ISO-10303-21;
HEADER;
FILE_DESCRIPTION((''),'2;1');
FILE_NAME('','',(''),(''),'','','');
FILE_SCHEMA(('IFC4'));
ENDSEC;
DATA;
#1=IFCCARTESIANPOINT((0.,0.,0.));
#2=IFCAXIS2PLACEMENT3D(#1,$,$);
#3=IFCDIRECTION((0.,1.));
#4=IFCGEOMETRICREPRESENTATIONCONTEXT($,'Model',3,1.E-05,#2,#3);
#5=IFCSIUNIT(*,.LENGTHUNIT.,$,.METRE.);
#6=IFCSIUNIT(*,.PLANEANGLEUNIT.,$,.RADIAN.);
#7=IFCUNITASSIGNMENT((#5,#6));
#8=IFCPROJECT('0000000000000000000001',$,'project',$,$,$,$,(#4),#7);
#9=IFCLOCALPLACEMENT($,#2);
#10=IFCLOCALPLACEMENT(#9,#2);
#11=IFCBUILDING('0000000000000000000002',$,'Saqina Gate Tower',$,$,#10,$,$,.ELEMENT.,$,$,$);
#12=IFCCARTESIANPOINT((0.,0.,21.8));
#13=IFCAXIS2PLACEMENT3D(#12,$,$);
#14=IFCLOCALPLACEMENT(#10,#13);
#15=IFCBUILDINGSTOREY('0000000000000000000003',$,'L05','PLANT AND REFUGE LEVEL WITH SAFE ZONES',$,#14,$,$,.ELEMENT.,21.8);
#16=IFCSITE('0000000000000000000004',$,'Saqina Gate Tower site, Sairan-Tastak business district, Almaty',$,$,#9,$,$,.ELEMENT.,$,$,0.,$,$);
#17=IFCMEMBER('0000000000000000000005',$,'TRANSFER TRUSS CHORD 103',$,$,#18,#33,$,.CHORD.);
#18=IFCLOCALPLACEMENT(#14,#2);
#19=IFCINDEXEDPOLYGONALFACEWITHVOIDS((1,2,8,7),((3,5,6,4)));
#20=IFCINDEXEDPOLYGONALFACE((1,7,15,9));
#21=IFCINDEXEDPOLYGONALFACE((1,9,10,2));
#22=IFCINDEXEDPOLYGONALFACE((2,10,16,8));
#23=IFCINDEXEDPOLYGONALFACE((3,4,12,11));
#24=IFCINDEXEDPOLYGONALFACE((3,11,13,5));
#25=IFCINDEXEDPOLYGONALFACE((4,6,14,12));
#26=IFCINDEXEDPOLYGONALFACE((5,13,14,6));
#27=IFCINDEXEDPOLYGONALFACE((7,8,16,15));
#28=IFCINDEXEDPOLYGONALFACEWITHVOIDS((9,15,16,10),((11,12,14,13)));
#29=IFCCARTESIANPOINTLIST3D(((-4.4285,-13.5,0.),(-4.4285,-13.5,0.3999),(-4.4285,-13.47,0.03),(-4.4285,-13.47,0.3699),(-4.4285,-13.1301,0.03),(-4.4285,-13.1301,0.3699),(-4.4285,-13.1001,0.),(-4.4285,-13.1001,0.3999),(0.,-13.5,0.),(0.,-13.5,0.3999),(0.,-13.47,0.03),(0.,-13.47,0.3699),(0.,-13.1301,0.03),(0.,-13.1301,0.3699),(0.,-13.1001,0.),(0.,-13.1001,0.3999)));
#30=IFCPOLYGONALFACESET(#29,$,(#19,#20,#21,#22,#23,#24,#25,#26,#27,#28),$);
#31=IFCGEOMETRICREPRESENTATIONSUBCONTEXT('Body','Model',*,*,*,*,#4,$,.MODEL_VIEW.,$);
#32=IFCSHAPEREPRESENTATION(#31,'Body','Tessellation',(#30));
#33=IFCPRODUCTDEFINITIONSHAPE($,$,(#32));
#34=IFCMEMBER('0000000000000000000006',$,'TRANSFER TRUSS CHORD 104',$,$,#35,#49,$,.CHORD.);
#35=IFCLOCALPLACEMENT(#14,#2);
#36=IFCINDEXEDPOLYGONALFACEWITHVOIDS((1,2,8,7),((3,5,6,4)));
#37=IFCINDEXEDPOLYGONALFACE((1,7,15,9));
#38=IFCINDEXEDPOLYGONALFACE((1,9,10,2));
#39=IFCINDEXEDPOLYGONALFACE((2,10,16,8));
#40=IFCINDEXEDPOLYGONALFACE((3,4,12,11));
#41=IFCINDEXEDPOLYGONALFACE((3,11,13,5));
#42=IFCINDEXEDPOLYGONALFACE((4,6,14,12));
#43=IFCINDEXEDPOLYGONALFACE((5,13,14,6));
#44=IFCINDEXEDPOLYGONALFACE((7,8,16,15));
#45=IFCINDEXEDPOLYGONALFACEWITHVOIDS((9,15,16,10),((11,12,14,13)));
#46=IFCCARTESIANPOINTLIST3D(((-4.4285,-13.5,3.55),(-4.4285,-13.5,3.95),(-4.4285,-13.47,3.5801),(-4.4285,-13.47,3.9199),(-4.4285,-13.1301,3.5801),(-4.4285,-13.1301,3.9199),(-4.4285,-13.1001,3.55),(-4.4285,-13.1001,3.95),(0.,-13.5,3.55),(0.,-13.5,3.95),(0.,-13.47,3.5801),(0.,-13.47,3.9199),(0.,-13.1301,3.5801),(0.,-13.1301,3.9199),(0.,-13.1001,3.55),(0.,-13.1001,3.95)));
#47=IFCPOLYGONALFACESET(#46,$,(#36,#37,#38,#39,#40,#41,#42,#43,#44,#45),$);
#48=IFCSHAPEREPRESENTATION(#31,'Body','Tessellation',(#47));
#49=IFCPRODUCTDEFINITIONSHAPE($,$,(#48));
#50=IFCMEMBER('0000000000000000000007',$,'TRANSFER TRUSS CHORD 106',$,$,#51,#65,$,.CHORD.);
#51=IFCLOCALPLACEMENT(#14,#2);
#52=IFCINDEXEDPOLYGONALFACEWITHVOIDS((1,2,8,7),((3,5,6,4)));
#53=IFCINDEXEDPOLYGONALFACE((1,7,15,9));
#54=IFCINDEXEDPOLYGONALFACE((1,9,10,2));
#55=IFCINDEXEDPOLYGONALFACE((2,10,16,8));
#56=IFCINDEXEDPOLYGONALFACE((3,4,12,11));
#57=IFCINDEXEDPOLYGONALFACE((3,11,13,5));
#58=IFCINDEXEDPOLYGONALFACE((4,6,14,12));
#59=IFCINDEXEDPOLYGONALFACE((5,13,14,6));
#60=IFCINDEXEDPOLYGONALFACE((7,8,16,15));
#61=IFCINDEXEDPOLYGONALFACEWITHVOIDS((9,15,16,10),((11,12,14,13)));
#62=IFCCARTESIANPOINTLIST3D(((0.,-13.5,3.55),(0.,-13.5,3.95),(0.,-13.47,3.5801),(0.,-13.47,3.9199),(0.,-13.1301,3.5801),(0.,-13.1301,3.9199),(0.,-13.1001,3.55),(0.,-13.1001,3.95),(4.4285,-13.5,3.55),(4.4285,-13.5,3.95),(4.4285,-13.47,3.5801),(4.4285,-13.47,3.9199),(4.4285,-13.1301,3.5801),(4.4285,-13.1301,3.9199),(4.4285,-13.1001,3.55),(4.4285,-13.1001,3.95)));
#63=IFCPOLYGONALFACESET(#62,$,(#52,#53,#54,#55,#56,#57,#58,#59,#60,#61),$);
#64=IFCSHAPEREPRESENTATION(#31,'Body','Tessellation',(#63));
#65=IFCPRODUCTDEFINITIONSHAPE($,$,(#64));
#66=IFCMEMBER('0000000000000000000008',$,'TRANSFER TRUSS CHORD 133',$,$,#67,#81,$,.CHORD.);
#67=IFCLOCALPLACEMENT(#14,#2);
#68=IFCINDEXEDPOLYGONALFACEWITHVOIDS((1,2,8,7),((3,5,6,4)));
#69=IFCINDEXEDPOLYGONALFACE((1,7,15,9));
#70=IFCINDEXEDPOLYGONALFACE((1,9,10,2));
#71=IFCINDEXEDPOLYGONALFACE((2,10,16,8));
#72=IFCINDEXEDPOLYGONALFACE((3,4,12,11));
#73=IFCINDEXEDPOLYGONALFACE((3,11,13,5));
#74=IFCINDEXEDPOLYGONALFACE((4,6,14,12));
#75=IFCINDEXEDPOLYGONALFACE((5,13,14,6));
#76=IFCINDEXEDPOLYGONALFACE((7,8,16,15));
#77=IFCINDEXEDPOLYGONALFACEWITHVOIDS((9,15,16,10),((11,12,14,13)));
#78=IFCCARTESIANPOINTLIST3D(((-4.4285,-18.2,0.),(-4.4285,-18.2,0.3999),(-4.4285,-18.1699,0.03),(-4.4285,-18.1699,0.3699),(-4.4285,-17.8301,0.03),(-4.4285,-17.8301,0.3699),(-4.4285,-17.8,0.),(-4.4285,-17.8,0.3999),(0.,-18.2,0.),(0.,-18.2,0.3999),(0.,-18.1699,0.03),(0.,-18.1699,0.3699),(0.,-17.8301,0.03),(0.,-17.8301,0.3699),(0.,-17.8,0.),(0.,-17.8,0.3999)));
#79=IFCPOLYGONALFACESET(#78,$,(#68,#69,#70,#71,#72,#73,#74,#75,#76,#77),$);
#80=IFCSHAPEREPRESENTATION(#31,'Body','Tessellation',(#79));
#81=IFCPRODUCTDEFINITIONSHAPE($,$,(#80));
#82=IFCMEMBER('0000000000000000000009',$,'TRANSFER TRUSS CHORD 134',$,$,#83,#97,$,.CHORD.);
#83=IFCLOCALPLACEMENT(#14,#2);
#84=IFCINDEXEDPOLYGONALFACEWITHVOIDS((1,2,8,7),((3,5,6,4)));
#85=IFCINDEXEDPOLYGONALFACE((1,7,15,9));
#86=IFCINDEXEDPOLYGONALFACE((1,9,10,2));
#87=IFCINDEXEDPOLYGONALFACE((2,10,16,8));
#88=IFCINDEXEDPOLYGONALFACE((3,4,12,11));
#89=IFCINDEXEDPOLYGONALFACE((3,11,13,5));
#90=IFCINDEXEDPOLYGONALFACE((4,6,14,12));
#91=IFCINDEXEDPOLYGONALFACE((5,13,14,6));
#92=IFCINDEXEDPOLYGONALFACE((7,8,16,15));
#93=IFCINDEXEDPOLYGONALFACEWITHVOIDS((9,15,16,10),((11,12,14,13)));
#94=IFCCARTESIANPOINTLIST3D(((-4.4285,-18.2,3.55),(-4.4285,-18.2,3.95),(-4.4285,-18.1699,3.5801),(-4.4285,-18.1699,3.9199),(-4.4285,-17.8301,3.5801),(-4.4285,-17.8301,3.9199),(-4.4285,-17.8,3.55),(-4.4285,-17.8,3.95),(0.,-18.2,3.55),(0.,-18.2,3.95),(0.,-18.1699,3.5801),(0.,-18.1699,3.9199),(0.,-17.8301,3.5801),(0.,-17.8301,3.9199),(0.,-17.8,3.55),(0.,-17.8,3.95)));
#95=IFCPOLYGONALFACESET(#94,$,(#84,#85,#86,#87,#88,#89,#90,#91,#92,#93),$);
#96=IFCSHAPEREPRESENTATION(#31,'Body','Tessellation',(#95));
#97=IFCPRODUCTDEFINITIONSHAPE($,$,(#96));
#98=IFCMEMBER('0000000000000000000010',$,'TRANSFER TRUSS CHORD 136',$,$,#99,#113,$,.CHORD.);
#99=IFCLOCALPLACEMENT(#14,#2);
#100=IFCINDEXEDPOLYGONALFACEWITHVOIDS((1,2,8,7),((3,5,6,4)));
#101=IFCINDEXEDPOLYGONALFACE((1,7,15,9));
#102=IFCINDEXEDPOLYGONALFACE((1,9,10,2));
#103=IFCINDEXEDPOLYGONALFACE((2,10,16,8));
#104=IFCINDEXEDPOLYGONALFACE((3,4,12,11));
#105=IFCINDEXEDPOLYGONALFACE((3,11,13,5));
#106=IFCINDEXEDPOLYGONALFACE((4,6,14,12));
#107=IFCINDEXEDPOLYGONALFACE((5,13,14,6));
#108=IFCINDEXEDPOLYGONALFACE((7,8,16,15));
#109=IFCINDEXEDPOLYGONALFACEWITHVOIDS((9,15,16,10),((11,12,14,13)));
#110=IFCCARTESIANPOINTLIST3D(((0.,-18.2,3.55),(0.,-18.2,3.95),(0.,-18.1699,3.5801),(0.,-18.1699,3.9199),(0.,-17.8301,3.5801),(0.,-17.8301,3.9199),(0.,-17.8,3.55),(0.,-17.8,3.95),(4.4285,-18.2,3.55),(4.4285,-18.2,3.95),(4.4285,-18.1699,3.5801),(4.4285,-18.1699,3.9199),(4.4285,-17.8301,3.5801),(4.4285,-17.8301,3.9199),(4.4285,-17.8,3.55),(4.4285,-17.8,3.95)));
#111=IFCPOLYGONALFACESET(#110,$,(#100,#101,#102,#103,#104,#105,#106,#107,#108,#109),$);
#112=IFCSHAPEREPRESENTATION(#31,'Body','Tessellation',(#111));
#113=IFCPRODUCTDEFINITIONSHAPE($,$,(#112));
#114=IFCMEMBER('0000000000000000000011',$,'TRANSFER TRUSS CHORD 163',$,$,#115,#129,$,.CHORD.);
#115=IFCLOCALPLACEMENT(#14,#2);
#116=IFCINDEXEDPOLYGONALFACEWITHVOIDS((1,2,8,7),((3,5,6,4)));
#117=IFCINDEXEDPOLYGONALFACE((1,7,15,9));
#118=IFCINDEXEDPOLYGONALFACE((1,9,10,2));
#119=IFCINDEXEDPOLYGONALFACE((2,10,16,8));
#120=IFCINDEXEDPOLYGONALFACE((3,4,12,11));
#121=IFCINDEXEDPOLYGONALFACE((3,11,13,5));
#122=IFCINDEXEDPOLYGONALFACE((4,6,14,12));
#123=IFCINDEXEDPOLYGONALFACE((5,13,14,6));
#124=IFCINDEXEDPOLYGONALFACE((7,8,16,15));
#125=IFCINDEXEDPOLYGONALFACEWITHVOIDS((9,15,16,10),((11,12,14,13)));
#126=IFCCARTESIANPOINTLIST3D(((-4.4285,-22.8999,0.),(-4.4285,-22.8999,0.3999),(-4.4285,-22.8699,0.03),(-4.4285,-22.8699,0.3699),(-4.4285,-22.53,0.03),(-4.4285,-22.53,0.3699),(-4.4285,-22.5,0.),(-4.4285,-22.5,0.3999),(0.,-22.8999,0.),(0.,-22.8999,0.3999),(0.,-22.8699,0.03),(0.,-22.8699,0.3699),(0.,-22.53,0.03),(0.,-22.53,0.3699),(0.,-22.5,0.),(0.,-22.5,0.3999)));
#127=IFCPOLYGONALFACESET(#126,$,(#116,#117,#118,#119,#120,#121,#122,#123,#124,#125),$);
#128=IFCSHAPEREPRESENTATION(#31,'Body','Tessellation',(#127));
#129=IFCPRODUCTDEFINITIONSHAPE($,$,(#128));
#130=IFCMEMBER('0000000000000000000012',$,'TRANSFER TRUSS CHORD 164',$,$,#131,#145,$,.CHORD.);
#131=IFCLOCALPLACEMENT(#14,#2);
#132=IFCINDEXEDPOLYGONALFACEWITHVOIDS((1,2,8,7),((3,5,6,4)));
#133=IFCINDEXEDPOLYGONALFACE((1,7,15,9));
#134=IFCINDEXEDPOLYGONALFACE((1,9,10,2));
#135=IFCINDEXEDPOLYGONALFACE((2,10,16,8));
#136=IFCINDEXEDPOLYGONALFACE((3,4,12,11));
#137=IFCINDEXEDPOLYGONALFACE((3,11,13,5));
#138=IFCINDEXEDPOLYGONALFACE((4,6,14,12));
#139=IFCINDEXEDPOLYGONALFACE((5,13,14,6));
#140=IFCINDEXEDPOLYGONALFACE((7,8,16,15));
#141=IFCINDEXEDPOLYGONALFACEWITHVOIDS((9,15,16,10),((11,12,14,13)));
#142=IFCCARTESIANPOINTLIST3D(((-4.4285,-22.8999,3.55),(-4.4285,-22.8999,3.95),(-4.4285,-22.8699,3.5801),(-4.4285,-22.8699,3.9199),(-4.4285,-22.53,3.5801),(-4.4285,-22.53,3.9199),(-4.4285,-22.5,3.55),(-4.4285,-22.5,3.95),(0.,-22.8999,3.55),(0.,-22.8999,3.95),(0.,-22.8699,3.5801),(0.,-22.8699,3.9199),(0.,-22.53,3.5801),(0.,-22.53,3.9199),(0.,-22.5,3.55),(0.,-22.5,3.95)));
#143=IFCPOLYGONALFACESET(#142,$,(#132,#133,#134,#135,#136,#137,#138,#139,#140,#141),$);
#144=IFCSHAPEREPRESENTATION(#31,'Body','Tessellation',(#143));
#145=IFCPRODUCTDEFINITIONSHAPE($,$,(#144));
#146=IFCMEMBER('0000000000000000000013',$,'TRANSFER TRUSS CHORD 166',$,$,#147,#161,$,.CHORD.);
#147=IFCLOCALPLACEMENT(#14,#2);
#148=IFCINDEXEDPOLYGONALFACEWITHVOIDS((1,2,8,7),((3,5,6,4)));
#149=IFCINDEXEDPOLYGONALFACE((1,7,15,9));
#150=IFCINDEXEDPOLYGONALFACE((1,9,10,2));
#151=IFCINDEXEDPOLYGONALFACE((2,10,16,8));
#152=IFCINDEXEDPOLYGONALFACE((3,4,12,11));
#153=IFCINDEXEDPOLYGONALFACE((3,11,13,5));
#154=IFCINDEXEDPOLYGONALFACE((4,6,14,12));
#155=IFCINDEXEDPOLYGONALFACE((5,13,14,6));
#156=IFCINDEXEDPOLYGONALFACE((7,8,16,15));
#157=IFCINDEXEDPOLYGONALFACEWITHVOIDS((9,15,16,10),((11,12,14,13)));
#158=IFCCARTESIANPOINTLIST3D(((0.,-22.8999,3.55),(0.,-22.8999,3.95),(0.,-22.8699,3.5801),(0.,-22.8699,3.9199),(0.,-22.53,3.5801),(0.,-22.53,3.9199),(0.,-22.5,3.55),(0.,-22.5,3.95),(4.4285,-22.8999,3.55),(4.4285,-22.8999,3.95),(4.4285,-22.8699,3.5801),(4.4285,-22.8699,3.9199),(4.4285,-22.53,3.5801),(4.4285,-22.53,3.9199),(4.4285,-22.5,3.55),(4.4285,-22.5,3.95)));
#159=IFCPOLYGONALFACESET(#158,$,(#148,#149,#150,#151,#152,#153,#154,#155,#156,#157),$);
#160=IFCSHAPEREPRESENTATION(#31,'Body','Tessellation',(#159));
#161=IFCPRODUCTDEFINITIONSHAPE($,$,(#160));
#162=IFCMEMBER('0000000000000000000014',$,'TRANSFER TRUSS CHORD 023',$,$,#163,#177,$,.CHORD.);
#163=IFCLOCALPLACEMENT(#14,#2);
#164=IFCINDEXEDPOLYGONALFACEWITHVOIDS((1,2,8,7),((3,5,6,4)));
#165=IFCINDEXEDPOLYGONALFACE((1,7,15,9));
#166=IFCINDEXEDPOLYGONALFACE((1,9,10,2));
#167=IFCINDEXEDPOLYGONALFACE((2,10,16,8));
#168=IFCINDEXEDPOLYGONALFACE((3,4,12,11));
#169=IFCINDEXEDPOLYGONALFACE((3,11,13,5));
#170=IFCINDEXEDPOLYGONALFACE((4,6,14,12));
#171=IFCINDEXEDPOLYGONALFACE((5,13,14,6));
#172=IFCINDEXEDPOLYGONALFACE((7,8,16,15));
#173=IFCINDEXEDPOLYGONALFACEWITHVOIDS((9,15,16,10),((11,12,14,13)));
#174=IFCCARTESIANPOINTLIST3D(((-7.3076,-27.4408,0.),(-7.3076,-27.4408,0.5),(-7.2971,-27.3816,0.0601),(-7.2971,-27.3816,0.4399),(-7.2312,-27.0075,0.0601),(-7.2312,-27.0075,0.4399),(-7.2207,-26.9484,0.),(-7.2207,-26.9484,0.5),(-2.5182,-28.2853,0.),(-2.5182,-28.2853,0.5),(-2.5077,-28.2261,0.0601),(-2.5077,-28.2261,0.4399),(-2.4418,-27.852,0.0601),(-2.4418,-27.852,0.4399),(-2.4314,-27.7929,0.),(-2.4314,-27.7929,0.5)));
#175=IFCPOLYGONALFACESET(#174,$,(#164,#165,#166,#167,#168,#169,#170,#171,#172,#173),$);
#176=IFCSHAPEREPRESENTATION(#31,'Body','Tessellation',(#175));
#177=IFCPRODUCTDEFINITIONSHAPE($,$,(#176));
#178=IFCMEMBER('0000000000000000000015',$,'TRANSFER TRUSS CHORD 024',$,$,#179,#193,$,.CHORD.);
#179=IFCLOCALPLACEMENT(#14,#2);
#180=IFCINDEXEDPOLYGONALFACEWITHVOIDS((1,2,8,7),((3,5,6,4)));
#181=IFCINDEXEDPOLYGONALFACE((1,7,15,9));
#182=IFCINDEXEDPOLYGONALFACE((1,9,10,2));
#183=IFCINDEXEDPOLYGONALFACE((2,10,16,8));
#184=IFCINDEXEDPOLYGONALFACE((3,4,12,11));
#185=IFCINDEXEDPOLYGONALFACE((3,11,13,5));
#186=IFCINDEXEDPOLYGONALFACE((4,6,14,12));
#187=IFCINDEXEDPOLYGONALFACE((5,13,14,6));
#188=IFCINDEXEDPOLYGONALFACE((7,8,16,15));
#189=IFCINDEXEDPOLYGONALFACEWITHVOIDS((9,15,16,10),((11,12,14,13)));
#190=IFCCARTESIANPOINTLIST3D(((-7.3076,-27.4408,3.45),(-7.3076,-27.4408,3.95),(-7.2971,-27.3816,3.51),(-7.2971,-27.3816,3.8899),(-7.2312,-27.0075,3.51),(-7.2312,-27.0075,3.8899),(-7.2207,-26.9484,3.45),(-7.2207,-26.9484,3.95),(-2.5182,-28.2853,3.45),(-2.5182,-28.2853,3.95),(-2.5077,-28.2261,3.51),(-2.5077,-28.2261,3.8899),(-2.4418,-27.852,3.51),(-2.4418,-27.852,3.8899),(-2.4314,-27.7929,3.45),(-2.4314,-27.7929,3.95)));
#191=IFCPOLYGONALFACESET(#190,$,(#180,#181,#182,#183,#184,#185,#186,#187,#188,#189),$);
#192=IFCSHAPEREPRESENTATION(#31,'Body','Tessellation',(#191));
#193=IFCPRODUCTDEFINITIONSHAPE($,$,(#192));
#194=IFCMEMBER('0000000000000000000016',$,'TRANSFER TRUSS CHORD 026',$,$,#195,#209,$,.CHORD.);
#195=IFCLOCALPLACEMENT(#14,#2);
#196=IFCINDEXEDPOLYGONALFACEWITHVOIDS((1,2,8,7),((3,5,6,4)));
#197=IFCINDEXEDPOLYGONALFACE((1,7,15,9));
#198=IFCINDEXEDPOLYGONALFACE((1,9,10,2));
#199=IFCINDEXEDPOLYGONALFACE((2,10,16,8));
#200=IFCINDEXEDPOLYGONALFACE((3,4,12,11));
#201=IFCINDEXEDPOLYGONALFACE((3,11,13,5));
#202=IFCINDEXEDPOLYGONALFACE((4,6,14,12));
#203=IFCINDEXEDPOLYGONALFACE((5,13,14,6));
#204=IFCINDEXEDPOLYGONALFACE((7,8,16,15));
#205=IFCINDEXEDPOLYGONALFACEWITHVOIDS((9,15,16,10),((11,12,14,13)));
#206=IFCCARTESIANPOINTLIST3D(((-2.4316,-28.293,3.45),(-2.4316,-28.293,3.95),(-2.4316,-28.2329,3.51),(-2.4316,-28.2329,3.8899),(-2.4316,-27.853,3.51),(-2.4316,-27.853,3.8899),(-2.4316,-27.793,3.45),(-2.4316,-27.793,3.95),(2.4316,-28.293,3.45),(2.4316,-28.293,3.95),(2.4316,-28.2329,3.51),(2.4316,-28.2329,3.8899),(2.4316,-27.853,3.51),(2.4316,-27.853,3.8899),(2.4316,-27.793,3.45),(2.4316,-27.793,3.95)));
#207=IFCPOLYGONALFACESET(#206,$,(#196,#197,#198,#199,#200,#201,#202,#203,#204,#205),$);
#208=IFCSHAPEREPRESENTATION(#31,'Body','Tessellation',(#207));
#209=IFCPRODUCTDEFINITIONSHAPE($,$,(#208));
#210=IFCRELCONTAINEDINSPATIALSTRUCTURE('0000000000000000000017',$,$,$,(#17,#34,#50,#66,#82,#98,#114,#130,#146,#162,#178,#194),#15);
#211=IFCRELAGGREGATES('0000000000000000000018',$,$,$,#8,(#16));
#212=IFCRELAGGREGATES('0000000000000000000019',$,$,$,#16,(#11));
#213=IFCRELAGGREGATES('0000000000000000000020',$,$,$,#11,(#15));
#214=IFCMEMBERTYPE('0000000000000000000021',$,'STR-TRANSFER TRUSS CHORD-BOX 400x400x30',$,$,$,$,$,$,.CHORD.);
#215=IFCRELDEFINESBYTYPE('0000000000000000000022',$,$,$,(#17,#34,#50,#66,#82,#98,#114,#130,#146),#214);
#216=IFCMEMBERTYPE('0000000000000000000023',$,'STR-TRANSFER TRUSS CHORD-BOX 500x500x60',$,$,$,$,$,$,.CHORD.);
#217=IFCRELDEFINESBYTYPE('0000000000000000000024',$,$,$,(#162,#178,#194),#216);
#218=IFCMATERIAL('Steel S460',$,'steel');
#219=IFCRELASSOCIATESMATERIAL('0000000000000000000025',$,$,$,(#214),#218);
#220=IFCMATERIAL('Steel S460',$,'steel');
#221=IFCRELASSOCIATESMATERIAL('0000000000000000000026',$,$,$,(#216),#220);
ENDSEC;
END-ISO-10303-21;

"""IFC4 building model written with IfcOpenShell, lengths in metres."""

from ifc_helpers import new_model, si_unit, direction, frame, origin, origin_2d, place, context, subcontext, project, spatial, hollow_rectangle, extrude, material, material_profile, profile_set, type_object, element, save


model = new_model("IFC4")

# Units and contexts
model_context = context("Model", 3, precision=1e-05, world=origin(), true_north=direction((0.0, 1.0)))
body_context = subcontext(model_context, "Body", "Model", "MODEL_VIEW")
ifc_project = project(units=[si_unit("LENGTHUNIT", "METRE"), si_unit("PLANEANGLEUNIT", "RADIAN")], contexts=[model_context])

# Site, building, storey
site_placement = place(None, origin())
site = spatial("IfcSite", under=ifc_project, at=site_placement, Name="Saqina Gate Tower site, Sairan-Tastak business district, Almaty", CompositionType="ELEMENT", RefElevation=0.0)
building_placement = place(site_placement, origin())
building = spatial("IfcBuilding", under=site, at=building_placement, Name="Saqina Gate Tower", CompositionType="ELEMENT")
storey_placement = place(building_placement, frame((0.0, 0.0, 21.8)))
storey = spatial("IfcBuildingStorey", under=building, at=storey_placement, Name="L05", Description="PLANT AND REFUGE LEVEL WITH SAFE ZONES", CompositionType="ELEMENT", Elevation=21.8)

# Members
ifc_material_1 = material(Name="Steel S460", Category="steel")
ifc_material_profile_1 = material_profile(ifc_material_1, hollow_rectangle(XDim=0.3999, YDim=0.3999, WallThickness=0.03, at=origin_2d()), Name="BOX 400x400x30")
ifc_profile_set_1 = profile_set([ifc_material_profile_1], Name="Steel S460")
member_type_1 = type_object("IfcMemberType", Name="STR-TRANSFER TRUSS CHORD-BOX 400x400x30", PredefinedType="CHORD", material=ifc_profile_set_1)
for number, where, z_axis, x_axis, name in (
    (1, (-4.4285, -13.3, 0.2), (1.0, 0.0, 0.0), (0.0, 1.0, 0.0), "TRANSFER TRUSS CHORD 103"),
    (2, (-4.4285, -13.3, 3.75), (1.0, 0.0, 0.0), (0.0, 1.0, 0.0), "TRANSFER TRUSS CHORD 104"),
    (3, (0.0, -13.3, 3.75), (1.0, 0.0, 0.0), (0.0, 1.0, 0.0), "TRANSFER TRUSS CHORD 106"),
    (4, (-4.4285, -18.0, 0.2), (1.0, 0.0, 0.0), (0.0, 1.0, 0.0), "TRANSFER TRUSS CHORD 133"),
    (5, (-4.4285, -18.0, 3.75), (1.0, 0.0, 0.0), (0.0, 1.0, 0.0), "TRANSFER TRUSS CHORD 134"),
    (6, (0.0, -18.0, 3.75), (1.0, 0.0, 0.0), (0.0, 1.0, 0.0), "TRANSFER TRUSS CHORD 136"),
    (7, (-4.4285, -22.7, 0.2), (1.0, 0.0, 0.0), (0.0, 1.0, 0.0), "TRANSFER TRUSS CHORD 163"),
    (8, (-4.4285, -22.7, 3.75), (1.0, 0.0, 0.0), (0.0, 1.0, 0.0), "TRANSFER TRUSS CHORD 164"),
    (9, (0.0, -22.7, 3.75), (1.0, 0.0, 0.0), (0.0, 1.0, 0.0), "TRANSFER TRUSS CHORD 166"),
):
    element("IfcMember", number, at=place(storey_placement, frame(where, z_axis=z_axis, x_axis=x_axis)), inside=storey, type_object=member_type_1, Name=name, PredefinedType="CHORD", context=body_context, shape_type="SweptSolid", body=[
        extrude(hollow_rectangle(XDim=0.3999, YDim=0.3999, WallThickness=0.03, at=origin_2d()), origin(), (0.0, 0.0, 1.0), 4.4285),
    ])
ifc_material_2 = material(Name="Steel S460", Category="steel")
ifc_material_profile_2 = material_profile(ifc_material_2, hollow_rectangle(XDim=0.5, YDim=0.5, WallThickness=0.0601, at=origin_2d()), Name="BOX 500x500x60")
ifc_profile_set_2 = profile_set([ifc_material_profile_2], Name="Steel S460")
member_type_2 = type_object("IfcMemberType", Name="STR-TRANSFER TRUSS CHORD-BOX 500x500x60", PredefinedType="CHORD", material=ifc_profile_set_2)
for number, where, z_axis, x_axis, name in (
    (10, (-7.2642, -27.1946, 0.25), (0.984808, -0.173648, 0.0), (0.173648, 0.984808, 0.0), "TRANSFER TRUSS CHORD 023"),
    (11, (-7.2642, -27.1946, 3.7), (0.984808, -0.173648, 0.0), (0.173648, 0.984808, 0.0), "TRANSFER TRUSS CHORD 024"),
    (12, (-2.4316, -28.043, 3.7), (1.0, 0.0, 0.0), (0.0, 1.0, 0.0), "TRANSFER TRUSS CHORD 026"),
):
    element("IfcMember", number, at=place(storey_placement, frame(where, z_axis=z_axis, x_axis=x_axis)), inside=storey, type_object=member_type_2, Name=name, PredefinedType="CHORD", context=body_context, shape_type="SweptSolid", body=[
        extrude(hollow_rectangle(XDim=0.5, YDim=0.5, WallThickness=0.0601, at=origin_2d()), origin(), (0.0, 0.0, 1.0), 4.8633),
    ])

save(model, "model.ifc")
